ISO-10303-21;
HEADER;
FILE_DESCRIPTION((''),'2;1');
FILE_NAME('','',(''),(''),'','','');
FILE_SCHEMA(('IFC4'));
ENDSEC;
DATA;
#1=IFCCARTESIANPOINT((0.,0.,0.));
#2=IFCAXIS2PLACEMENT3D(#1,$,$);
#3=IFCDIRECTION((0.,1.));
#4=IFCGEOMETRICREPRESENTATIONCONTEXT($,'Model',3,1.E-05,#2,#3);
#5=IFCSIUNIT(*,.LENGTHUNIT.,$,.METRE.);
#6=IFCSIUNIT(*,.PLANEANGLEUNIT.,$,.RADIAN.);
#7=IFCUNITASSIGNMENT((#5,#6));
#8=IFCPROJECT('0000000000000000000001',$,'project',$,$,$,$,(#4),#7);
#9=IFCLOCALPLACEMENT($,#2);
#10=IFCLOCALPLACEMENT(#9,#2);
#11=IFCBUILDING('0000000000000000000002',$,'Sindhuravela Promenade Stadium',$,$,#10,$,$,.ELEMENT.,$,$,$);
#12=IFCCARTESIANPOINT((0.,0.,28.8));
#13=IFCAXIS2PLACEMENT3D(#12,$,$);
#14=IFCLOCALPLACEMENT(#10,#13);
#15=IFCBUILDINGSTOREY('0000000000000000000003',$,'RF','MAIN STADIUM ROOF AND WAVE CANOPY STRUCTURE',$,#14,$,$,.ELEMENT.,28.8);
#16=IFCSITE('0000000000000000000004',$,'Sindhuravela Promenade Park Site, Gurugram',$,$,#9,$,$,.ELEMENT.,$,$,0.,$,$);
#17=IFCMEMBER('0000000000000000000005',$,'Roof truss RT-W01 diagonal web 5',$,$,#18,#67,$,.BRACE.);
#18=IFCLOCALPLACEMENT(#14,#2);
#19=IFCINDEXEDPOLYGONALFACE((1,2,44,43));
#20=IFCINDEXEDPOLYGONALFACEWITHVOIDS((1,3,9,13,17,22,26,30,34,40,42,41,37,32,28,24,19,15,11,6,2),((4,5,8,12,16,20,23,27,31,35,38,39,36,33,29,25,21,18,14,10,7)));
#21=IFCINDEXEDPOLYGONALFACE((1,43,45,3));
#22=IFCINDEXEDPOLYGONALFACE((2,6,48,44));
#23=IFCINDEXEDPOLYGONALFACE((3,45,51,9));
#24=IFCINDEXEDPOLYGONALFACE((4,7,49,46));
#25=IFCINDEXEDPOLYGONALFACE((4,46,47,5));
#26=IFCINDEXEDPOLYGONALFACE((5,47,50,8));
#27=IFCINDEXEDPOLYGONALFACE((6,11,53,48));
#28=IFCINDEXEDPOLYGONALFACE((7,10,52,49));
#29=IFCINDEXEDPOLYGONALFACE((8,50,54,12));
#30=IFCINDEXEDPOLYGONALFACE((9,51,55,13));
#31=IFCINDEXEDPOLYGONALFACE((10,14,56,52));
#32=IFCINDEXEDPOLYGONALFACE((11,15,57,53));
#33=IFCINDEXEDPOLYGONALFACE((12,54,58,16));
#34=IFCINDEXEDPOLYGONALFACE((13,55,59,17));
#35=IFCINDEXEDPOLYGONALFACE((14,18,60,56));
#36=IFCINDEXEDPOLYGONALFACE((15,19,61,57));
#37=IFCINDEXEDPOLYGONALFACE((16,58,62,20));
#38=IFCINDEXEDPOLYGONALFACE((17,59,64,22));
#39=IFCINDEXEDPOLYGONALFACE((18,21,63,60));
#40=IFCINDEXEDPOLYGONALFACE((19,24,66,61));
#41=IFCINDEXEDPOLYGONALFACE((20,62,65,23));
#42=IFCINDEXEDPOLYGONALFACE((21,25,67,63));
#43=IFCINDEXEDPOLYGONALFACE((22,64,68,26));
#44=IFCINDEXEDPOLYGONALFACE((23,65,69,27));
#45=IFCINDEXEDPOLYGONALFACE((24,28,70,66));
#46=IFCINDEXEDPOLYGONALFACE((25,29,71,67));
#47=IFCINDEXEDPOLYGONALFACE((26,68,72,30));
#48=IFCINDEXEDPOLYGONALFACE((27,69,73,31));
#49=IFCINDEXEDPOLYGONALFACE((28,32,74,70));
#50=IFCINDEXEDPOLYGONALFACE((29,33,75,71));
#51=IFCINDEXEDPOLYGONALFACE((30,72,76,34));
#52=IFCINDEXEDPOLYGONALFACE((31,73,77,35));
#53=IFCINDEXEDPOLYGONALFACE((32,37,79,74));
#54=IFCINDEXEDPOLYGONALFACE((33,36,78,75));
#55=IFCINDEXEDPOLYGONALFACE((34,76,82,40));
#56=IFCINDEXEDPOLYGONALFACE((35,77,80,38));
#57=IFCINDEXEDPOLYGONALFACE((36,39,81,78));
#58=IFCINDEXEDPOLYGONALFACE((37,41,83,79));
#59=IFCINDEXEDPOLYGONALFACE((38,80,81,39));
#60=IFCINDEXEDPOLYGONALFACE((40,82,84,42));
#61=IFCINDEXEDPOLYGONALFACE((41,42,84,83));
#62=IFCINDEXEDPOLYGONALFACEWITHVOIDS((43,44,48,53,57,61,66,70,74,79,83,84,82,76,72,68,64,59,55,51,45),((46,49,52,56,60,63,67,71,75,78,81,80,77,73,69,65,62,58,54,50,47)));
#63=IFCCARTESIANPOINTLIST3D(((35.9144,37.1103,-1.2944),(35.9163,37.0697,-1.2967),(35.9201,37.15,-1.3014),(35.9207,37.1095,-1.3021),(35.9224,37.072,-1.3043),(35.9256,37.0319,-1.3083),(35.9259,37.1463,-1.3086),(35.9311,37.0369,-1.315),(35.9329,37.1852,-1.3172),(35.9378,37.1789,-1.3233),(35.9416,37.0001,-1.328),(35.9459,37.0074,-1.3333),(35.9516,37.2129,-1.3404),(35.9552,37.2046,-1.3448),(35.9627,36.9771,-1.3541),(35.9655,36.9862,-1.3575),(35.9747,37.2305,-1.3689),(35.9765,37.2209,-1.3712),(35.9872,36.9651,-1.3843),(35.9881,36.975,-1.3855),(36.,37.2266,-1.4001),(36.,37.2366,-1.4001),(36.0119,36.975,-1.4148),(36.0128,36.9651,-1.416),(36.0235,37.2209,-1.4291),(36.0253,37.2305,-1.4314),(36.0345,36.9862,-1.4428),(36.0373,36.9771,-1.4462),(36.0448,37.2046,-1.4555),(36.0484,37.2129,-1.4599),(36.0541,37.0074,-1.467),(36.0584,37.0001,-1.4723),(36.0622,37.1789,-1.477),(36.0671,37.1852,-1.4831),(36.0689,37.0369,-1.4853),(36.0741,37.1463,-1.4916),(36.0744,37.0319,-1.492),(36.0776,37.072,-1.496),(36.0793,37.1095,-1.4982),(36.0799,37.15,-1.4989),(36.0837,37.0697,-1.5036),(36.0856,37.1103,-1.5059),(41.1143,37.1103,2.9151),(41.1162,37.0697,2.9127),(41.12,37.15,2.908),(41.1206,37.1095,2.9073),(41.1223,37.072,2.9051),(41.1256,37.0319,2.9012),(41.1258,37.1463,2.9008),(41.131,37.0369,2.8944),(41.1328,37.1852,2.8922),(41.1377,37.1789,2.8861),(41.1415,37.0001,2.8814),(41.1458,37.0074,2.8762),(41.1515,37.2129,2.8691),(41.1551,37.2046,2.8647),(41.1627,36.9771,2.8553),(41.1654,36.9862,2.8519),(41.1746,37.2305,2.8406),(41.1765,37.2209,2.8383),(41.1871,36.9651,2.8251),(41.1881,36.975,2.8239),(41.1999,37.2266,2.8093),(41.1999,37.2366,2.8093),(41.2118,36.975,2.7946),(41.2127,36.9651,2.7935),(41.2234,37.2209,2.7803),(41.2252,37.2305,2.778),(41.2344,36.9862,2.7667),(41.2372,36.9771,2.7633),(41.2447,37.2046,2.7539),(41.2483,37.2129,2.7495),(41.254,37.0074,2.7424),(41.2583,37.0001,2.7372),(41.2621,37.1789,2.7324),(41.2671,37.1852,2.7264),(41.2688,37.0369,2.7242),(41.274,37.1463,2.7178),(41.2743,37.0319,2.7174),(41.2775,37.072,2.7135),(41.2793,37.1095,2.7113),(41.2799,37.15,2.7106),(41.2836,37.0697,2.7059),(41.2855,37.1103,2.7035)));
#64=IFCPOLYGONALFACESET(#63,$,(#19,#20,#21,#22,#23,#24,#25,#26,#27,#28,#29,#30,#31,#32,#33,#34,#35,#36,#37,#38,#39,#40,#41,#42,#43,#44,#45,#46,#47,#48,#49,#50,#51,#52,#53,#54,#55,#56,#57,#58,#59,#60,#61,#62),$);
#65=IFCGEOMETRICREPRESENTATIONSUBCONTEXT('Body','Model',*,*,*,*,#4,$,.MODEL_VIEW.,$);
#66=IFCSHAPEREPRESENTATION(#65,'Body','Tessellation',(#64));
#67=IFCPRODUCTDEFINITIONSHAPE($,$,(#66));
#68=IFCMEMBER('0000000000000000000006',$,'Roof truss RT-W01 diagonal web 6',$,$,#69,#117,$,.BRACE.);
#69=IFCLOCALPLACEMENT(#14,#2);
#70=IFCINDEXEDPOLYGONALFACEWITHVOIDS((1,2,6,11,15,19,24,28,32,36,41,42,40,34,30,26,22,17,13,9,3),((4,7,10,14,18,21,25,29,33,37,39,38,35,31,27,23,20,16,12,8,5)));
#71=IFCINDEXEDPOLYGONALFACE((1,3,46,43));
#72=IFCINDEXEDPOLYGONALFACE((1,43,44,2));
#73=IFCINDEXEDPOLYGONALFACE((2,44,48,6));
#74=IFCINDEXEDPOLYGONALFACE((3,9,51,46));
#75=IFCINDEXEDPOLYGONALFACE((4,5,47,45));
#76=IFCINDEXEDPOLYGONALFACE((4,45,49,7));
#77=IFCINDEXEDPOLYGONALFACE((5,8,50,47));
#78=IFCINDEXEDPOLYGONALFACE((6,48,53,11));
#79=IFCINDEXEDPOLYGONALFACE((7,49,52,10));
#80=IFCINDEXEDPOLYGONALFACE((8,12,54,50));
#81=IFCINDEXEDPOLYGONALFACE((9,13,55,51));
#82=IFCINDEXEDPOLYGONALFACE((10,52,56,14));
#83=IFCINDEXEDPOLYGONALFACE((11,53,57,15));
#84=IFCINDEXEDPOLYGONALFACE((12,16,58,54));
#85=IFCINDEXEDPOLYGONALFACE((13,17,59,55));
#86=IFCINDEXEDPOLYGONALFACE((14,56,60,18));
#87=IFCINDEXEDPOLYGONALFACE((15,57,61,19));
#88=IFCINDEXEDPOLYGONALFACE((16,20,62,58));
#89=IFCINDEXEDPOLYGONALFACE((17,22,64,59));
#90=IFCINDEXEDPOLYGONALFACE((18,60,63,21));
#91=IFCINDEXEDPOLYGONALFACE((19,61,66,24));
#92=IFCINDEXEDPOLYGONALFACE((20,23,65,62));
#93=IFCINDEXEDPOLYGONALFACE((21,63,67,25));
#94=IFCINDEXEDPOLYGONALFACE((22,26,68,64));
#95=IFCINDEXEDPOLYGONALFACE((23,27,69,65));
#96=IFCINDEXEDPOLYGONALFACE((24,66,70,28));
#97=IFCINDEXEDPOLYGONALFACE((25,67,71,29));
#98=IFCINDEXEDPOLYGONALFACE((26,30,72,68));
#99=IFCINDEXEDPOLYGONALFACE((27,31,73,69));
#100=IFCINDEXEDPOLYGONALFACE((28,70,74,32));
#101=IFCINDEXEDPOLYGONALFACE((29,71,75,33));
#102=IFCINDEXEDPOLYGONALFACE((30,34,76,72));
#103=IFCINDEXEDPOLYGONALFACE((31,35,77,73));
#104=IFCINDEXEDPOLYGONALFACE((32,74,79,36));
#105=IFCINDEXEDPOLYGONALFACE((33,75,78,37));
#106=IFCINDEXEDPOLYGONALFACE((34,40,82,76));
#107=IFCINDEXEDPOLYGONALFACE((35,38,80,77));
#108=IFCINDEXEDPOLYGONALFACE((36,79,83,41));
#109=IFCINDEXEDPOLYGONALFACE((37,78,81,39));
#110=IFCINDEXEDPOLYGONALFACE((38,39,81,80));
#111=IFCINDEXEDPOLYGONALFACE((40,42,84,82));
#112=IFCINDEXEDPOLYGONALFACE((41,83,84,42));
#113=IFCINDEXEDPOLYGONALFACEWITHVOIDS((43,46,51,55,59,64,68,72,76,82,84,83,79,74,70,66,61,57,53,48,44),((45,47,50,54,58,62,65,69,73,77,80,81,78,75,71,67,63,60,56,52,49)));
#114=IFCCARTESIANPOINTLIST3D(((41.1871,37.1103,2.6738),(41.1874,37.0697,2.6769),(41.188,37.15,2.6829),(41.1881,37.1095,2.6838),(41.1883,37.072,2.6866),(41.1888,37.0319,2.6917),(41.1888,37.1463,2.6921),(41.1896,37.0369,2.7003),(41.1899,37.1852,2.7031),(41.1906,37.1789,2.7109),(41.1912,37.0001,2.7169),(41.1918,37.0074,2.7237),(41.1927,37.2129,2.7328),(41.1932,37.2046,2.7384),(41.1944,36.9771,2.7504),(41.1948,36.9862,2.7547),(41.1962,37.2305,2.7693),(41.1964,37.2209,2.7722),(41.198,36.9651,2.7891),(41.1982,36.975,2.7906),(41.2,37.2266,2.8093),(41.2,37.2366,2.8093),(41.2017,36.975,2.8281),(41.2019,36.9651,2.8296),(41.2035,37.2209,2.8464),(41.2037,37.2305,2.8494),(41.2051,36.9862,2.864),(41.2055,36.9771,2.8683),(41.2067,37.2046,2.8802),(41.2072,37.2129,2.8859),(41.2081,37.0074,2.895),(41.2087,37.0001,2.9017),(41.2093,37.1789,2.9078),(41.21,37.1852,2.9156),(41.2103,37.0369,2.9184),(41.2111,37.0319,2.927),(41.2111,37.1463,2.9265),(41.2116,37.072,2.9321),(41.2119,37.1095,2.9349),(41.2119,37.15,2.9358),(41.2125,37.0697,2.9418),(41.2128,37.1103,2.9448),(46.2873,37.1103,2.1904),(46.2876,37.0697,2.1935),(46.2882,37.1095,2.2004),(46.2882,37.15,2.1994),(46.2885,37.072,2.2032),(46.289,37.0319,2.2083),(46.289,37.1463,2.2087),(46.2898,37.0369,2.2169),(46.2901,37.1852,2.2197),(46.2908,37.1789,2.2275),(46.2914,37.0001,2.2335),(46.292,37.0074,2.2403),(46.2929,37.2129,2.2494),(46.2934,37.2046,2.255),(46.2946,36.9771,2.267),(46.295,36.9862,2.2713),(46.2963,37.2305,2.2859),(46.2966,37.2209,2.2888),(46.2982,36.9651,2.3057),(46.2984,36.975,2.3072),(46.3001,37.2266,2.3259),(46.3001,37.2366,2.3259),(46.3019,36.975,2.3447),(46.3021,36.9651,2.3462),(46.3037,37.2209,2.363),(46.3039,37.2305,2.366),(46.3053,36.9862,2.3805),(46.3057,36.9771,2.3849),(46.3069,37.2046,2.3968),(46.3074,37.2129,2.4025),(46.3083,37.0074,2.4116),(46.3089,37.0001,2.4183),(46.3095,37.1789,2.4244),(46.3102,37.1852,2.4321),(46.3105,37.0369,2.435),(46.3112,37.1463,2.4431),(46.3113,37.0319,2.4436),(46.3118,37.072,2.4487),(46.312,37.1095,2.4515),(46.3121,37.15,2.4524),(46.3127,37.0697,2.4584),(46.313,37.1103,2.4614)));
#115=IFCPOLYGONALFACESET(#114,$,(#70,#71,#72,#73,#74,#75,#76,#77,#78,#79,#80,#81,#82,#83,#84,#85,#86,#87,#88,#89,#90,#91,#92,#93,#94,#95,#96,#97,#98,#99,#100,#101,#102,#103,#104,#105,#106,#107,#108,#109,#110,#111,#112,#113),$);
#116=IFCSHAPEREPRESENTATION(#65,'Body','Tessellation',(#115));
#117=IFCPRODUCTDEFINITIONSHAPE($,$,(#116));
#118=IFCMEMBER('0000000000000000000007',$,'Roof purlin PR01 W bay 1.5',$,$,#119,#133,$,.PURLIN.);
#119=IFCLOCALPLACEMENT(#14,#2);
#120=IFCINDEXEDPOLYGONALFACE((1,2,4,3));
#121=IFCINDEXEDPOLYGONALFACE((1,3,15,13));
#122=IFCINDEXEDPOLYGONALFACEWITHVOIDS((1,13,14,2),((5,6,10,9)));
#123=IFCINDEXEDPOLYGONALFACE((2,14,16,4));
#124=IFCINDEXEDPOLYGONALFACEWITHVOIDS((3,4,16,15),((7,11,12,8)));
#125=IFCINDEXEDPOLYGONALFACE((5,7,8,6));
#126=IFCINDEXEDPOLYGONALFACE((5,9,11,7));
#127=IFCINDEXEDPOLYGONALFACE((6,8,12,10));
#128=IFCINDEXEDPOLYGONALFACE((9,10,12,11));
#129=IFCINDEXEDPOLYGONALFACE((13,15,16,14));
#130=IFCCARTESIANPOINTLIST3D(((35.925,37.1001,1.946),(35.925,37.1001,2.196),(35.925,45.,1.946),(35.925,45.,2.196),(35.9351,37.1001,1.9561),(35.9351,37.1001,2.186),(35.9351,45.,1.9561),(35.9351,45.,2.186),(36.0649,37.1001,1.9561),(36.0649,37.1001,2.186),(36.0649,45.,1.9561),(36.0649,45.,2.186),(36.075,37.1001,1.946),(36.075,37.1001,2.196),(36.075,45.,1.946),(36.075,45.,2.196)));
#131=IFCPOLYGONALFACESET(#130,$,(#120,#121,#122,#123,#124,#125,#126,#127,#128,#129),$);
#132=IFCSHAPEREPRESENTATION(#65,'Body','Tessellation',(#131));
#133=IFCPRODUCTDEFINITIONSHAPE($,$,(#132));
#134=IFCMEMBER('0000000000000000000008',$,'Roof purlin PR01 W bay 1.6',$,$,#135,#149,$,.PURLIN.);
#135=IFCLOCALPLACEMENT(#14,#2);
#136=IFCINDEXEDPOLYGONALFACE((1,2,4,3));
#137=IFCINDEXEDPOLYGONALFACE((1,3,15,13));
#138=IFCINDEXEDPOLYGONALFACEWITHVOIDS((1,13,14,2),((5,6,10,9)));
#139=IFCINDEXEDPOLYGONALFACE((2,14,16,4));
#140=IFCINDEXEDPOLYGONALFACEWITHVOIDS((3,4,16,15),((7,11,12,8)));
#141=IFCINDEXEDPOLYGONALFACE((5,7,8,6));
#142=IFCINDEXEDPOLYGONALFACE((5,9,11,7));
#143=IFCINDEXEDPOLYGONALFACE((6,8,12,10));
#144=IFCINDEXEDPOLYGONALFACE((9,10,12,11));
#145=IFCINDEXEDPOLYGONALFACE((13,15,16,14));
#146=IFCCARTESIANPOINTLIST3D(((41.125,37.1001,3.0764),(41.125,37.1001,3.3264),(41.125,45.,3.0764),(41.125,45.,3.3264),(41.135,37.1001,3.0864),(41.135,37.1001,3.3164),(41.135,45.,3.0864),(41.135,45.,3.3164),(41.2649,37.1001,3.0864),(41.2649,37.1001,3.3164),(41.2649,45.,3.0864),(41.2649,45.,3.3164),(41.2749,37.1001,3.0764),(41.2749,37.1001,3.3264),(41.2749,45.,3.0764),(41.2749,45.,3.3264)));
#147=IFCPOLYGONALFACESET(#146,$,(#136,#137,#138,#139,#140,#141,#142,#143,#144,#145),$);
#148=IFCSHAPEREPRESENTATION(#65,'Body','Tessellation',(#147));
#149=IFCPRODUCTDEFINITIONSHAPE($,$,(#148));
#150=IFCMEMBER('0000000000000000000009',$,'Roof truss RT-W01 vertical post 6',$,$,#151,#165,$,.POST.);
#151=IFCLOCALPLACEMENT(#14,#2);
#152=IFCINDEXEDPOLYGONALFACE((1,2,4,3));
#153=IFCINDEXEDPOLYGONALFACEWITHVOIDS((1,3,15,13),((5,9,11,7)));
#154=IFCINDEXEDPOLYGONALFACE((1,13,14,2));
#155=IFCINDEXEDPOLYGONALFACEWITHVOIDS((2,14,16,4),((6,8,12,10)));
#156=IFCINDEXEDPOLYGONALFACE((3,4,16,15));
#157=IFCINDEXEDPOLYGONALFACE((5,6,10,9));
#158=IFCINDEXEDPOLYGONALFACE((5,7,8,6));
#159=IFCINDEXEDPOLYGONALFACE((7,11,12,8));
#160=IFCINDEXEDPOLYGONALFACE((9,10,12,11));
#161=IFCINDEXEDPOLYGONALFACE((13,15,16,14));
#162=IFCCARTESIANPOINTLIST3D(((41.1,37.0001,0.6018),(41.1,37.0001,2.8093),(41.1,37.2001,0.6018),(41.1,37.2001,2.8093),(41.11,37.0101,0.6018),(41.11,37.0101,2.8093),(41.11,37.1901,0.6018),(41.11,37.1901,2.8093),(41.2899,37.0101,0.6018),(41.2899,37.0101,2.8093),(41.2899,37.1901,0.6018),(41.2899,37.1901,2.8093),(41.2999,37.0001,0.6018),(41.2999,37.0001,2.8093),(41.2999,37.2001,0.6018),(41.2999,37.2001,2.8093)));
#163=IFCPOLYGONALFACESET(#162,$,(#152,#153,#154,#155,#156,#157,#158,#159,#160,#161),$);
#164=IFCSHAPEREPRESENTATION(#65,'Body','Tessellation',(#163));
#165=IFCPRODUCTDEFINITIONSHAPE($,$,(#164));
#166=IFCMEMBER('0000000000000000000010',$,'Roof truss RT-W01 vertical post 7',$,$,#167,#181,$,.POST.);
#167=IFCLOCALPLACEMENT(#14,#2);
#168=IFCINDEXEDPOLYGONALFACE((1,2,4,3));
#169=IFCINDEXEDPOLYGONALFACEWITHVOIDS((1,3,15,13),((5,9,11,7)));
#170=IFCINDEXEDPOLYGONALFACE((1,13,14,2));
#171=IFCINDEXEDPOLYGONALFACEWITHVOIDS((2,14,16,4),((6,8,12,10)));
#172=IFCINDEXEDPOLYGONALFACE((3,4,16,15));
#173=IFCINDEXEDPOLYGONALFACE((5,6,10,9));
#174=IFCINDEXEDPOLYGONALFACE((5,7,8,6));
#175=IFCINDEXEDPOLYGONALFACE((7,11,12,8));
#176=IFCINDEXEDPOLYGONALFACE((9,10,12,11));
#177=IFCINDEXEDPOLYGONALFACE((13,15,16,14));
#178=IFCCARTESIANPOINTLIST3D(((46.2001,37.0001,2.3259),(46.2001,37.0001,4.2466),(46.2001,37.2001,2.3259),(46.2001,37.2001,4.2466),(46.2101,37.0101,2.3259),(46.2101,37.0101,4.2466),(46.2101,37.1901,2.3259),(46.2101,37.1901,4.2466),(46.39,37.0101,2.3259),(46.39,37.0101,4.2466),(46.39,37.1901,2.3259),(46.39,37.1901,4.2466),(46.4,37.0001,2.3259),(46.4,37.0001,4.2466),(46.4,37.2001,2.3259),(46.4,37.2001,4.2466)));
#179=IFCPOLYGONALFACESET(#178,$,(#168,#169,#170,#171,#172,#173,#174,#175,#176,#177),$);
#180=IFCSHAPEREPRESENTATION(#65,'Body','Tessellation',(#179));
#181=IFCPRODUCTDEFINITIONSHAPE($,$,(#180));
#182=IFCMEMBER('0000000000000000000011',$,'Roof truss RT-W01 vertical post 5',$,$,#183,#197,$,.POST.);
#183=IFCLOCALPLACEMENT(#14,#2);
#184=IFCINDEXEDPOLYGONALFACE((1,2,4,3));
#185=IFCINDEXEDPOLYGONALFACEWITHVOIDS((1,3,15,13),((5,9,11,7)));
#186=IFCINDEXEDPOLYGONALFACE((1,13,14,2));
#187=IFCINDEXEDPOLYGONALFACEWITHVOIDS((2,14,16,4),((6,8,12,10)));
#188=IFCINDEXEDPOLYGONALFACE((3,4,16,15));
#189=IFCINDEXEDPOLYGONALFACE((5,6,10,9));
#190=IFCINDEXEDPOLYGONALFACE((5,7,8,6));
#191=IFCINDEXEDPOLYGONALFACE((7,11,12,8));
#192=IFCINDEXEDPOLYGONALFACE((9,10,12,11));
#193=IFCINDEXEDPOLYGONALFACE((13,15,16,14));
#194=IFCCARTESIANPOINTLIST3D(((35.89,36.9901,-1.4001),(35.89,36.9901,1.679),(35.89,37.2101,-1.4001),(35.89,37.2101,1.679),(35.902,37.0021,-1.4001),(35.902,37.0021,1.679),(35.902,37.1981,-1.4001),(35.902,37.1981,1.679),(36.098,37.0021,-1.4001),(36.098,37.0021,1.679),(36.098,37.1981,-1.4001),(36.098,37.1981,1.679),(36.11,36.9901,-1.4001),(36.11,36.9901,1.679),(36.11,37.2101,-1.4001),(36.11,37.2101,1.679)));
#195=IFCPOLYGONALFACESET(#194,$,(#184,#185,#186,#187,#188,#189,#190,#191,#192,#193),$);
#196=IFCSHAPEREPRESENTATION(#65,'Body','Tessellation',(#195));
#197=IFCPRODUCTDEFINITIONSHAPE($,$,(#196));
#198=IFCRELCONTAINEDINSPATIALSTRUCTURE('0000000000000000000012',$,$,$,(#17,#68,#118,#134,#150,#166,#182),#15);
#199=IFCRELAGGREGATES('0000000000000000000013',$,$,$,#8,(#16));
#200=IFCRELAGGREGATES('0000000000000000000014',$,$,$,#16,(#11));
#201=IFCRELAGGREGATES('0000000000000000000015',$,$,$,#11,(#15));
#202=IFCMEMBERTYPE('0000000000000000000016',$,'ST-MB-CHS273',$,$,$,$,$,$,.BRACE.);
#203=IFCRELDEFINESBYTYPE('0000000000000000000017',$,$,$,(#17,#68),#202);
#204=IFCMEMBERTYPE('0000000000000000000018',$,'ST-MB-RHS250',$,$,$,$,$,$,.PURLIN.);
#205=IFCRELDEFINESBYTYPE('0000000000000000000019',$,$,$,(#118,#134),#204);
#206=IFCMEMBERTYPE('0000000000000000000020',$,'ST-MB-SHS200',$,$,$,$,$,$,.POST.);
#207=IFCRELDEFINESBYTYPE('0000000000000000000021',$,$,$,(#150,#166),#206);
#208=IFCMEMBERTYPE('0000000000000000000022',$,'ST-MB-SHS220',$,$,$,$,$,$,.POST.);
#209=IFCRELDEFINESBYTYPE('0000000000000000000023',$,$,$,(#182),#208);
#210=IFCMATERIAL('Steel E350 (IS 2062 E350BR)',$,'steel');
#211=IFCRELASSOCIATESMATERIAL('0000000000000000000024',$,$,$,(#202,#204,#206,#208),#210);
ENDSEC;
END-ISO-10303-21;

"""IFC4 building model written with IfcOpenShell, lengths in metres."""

from ifc_helpers import new_model, si_unit, direction, frame, origin, origin_2d, place, context, subcontext, project, spatial, hollow_rectangle, hollow_circle, extrude, material, material_profile, profile_set, type_object, element, save


model = new_model("IFC4")

# Units and contexts
model_context = context("Model", 3, precision=1e-05, world=origin(), true_north=direction((0.0, 1.0)))
body_context = subcontext(model_context, "Body", "Model", "MODEL_VIEW")
ifc_project = project(units=[si_unit("LENGTHUNIT", "METRE"), si_unit("PLANEANGLEUNIT", "RADIAN")], contexts=[model_context])

# Site, building, storey
site_placement = place(None, origin())
site = spatial("IfcSite", under=ifc_project, at=site_placement, Name="Sindhuravela Promenade Park Site, Gurugram", CompositionType="ELEMENT", RefElevation=0.0)
building_placement = place(site_placement, origin())
building = spatial("IfcBuilding", under=site, at=building_placement, Name="Sindhuravela Promenade Stadium", CompositionType="ELEMENT")
storey_placement = place(building_placement, frame((0.0, 0.0, 28.8)))
storey = spatial("IfcBuildingStorey", under=building, at=storey_placement, Name="RF", Description="MAIN STADIUM ROOF AND WAVE CANOPY STRUCTURE", CompositionType="ELEMENT", Elevation=28.8)

# Shared definitions
ifc_material_1 = material(Name="Steel E350 (IS 2062 E350BR)", Category="steel")

# Members
ifc_material_profile_1 = material_profile(ifc_material_1, hollow_circle(Radius=0.1365, WallThickness=0.01, at=origin_2d()), Name="CHS 273.0x10")
ifc_profile_set_1 = profile_set([ifc_material_profile_1], Name="Steel E350 (IS 2062 E350BR)")
member_type_1 = type_object("IfcMemberType", Name="ST-MB-CHS273", PredefinedType="BRACE", material=ifc_profile_set_1)
member_1_placement = place(storey_placement, frame((36.0, 37.1001, -1.4001), z_axis=(0.777246, 0.0, 0.629197), x_axis=(0.0, 1.0, 0.0)))
element("IfcMember", 1, at=member_1_placement, inside=storey, type_object=member_type_1, Name="Roof truss RT-W01 diagonal web 5", PredefinedType="BRACE", context=body_context, shape_type="SweptSolid", body=[
    extrude(hollow_circle(Radius=0.1365, WallThickness=0.01, at=origin_2d()), origin(), (0.0, 0.0, 1.0), 6.6902),
])
member_2_placement = place(storey_placement, frame((41.2, 37.1001, 2.8093), z_axis=(0.995538, 0.0, -0.094359), x_axis=(0.0, 1.0, 0.0)))
element("IfcMember", 2, at=member_2_placement, inside=storey, type_object=member_type_1, Name="Roof truss RT-W01 diagonal web 6", PredefinedType="BRACE", context=body_context, shape_type="SweptSolid", body=[
    extrude(hollow_circle(Radius=0.1365, WallThickness=0.01, at=origin_2d()), origin(), (0.0, 0.0, 1.0), 5.123),
])
ifc_material_profile_2 = material_profile(ifc_material_1, hollow_rectangle(XDim=0.1499, YDim=0.25, WallThickness=0.01, at=origin_2d()), Name="RHS 250x150x10")
ifc_profile_set_2 = profile_set([ifc_material_profile_2], Name="Steel E350 (IS 2062 E350BR)")
member_type_2 = type_object("IfcMemberType", Name="ST-MB-RHS250", PredefinedType="PURLIN", material=ifc_profile_set_2)
for number, where, z_axis, x_axis, name in (
    (3, (36.0, 37.1001, 2.071), (0.0, 1.0, 0.0), (-1.0, 0.0, 0.0), "Roof purlin PR01 W bay 1.5"),
    (4, (41.2, 37.1001, 3.2014), (0.0, 1.0, 0.0), (-1.0, 0.0, 0.0), "Roof purlin PR01 W bay 1.6"),
):
    element("IfcMember", number, at=place(storey_placement, frame(where, z_axis=z_axis, x_axis=x_axis)), inside=storey, type_object=member_type_2, Name=name, PredefinedType="PURLIN", context=body_context, shape_type="SweptSolid", body=[
        extrude(hollow_rectangle(XDim=0.1499, YDim=0.25, WallThickness=0.01, at=origin_2d()), origin(), (0.0, 0.0, 1.0), 7.8999),
    ])
ifc_material_profile_3 = material_profile(ifc_material_1, hollow_rectangle(XDim=0.2, YDim=0.2, WallThickness=0.01, at=origin_2d()), Name="SHS 200x200x10")
ifc_profile_set_3 = profile_set([ifc_material_profile_3], Name="Steel E350 (IS 2062 E350BR)")
member_type_3 = type_object("IfcMemberType", Name="ST-MB-SHS200", PredefinedType="POST", material=ifc_profile_set_3)
member_3_placement = place(storey_placement, frame((41.2, 37.1001, 0.6018), z_axis=(0.0, 0.0, 1.0), x_axis=(1.0, 0.0, 0.0)))
element("IfcMember", 5, at=member_3_placement, inside=storey, type_object=member_type_3, Name="Roof truss RT-W01 vertical post 6", PredefinedType="POST", context=body_context, shape_type="SweptSolid", body=[
    extrude(hollow_rectangle(XDim=0.2, YDim=0.2, WallThickness=0.01, at=origin_2d()), origin(), (0.0, 0.0, 1.0), 2.2075),
])
member_4_placement = place(storey_placement, frame((46.3, 37.1001, 2.3259), z_axis=(0.0, 0.0, 1.0), x_axis=(1.0, 0.0, 0.0)))
element("IfcMember", 6, at=member_4_placement, inside=storey, type_object=member_type_3, Name="Roof truss RT-W01 vertical post 7", PredefinedType="POST", context=body_context, shape_type="SweptSolid", body=[
    extrude(hollow_rectangle(XDim=0.2, YDim=0.2, WallThickness=0.01, at=origin_2d()), origin(), (0.0, 0.0, 1.0), 1.9207),
])
ifc_material_profile_4 = material_profile(ifc_material_1, hollow_rectangle(XDim=0.22, YDim=0.22, WallThickness=0.012, at=origin_2d()), Name="SHS 220x220x12")
ifc_profile_set_4 = profile_set([ifc_material_profile_4], Name="Steel E350 (IS 2062 E350BR)")
member_type_4 = type_object("IfcMemberType", Name="ST-MB-SHS220", PredefinedType="POST", material=ifc_profile_set_4)
member_5_placement = place(storey_placement, frame((36.0, 37.1001, -1.4001), z_axis=(0.0, 0.0, 1.0), x_axis=(1.0, 0.0, 0.0)))
element("IfcMember", 7, at=member_5_placement, inside=storey, type_object=member_type_4, Name="Roof truss RT-W01 vertical post 5", PredefinedType="POST", context=body_context, shape_type="SweptSolid", body=[
    extrude(hollow_rectangle(XDim=0.22, YDim=0.22, WallThickness=0.012, at=origin_2d()), origin(), (0.0, 0.0, 1.0), 3.0791),
])

save(model, "model.ifc")
